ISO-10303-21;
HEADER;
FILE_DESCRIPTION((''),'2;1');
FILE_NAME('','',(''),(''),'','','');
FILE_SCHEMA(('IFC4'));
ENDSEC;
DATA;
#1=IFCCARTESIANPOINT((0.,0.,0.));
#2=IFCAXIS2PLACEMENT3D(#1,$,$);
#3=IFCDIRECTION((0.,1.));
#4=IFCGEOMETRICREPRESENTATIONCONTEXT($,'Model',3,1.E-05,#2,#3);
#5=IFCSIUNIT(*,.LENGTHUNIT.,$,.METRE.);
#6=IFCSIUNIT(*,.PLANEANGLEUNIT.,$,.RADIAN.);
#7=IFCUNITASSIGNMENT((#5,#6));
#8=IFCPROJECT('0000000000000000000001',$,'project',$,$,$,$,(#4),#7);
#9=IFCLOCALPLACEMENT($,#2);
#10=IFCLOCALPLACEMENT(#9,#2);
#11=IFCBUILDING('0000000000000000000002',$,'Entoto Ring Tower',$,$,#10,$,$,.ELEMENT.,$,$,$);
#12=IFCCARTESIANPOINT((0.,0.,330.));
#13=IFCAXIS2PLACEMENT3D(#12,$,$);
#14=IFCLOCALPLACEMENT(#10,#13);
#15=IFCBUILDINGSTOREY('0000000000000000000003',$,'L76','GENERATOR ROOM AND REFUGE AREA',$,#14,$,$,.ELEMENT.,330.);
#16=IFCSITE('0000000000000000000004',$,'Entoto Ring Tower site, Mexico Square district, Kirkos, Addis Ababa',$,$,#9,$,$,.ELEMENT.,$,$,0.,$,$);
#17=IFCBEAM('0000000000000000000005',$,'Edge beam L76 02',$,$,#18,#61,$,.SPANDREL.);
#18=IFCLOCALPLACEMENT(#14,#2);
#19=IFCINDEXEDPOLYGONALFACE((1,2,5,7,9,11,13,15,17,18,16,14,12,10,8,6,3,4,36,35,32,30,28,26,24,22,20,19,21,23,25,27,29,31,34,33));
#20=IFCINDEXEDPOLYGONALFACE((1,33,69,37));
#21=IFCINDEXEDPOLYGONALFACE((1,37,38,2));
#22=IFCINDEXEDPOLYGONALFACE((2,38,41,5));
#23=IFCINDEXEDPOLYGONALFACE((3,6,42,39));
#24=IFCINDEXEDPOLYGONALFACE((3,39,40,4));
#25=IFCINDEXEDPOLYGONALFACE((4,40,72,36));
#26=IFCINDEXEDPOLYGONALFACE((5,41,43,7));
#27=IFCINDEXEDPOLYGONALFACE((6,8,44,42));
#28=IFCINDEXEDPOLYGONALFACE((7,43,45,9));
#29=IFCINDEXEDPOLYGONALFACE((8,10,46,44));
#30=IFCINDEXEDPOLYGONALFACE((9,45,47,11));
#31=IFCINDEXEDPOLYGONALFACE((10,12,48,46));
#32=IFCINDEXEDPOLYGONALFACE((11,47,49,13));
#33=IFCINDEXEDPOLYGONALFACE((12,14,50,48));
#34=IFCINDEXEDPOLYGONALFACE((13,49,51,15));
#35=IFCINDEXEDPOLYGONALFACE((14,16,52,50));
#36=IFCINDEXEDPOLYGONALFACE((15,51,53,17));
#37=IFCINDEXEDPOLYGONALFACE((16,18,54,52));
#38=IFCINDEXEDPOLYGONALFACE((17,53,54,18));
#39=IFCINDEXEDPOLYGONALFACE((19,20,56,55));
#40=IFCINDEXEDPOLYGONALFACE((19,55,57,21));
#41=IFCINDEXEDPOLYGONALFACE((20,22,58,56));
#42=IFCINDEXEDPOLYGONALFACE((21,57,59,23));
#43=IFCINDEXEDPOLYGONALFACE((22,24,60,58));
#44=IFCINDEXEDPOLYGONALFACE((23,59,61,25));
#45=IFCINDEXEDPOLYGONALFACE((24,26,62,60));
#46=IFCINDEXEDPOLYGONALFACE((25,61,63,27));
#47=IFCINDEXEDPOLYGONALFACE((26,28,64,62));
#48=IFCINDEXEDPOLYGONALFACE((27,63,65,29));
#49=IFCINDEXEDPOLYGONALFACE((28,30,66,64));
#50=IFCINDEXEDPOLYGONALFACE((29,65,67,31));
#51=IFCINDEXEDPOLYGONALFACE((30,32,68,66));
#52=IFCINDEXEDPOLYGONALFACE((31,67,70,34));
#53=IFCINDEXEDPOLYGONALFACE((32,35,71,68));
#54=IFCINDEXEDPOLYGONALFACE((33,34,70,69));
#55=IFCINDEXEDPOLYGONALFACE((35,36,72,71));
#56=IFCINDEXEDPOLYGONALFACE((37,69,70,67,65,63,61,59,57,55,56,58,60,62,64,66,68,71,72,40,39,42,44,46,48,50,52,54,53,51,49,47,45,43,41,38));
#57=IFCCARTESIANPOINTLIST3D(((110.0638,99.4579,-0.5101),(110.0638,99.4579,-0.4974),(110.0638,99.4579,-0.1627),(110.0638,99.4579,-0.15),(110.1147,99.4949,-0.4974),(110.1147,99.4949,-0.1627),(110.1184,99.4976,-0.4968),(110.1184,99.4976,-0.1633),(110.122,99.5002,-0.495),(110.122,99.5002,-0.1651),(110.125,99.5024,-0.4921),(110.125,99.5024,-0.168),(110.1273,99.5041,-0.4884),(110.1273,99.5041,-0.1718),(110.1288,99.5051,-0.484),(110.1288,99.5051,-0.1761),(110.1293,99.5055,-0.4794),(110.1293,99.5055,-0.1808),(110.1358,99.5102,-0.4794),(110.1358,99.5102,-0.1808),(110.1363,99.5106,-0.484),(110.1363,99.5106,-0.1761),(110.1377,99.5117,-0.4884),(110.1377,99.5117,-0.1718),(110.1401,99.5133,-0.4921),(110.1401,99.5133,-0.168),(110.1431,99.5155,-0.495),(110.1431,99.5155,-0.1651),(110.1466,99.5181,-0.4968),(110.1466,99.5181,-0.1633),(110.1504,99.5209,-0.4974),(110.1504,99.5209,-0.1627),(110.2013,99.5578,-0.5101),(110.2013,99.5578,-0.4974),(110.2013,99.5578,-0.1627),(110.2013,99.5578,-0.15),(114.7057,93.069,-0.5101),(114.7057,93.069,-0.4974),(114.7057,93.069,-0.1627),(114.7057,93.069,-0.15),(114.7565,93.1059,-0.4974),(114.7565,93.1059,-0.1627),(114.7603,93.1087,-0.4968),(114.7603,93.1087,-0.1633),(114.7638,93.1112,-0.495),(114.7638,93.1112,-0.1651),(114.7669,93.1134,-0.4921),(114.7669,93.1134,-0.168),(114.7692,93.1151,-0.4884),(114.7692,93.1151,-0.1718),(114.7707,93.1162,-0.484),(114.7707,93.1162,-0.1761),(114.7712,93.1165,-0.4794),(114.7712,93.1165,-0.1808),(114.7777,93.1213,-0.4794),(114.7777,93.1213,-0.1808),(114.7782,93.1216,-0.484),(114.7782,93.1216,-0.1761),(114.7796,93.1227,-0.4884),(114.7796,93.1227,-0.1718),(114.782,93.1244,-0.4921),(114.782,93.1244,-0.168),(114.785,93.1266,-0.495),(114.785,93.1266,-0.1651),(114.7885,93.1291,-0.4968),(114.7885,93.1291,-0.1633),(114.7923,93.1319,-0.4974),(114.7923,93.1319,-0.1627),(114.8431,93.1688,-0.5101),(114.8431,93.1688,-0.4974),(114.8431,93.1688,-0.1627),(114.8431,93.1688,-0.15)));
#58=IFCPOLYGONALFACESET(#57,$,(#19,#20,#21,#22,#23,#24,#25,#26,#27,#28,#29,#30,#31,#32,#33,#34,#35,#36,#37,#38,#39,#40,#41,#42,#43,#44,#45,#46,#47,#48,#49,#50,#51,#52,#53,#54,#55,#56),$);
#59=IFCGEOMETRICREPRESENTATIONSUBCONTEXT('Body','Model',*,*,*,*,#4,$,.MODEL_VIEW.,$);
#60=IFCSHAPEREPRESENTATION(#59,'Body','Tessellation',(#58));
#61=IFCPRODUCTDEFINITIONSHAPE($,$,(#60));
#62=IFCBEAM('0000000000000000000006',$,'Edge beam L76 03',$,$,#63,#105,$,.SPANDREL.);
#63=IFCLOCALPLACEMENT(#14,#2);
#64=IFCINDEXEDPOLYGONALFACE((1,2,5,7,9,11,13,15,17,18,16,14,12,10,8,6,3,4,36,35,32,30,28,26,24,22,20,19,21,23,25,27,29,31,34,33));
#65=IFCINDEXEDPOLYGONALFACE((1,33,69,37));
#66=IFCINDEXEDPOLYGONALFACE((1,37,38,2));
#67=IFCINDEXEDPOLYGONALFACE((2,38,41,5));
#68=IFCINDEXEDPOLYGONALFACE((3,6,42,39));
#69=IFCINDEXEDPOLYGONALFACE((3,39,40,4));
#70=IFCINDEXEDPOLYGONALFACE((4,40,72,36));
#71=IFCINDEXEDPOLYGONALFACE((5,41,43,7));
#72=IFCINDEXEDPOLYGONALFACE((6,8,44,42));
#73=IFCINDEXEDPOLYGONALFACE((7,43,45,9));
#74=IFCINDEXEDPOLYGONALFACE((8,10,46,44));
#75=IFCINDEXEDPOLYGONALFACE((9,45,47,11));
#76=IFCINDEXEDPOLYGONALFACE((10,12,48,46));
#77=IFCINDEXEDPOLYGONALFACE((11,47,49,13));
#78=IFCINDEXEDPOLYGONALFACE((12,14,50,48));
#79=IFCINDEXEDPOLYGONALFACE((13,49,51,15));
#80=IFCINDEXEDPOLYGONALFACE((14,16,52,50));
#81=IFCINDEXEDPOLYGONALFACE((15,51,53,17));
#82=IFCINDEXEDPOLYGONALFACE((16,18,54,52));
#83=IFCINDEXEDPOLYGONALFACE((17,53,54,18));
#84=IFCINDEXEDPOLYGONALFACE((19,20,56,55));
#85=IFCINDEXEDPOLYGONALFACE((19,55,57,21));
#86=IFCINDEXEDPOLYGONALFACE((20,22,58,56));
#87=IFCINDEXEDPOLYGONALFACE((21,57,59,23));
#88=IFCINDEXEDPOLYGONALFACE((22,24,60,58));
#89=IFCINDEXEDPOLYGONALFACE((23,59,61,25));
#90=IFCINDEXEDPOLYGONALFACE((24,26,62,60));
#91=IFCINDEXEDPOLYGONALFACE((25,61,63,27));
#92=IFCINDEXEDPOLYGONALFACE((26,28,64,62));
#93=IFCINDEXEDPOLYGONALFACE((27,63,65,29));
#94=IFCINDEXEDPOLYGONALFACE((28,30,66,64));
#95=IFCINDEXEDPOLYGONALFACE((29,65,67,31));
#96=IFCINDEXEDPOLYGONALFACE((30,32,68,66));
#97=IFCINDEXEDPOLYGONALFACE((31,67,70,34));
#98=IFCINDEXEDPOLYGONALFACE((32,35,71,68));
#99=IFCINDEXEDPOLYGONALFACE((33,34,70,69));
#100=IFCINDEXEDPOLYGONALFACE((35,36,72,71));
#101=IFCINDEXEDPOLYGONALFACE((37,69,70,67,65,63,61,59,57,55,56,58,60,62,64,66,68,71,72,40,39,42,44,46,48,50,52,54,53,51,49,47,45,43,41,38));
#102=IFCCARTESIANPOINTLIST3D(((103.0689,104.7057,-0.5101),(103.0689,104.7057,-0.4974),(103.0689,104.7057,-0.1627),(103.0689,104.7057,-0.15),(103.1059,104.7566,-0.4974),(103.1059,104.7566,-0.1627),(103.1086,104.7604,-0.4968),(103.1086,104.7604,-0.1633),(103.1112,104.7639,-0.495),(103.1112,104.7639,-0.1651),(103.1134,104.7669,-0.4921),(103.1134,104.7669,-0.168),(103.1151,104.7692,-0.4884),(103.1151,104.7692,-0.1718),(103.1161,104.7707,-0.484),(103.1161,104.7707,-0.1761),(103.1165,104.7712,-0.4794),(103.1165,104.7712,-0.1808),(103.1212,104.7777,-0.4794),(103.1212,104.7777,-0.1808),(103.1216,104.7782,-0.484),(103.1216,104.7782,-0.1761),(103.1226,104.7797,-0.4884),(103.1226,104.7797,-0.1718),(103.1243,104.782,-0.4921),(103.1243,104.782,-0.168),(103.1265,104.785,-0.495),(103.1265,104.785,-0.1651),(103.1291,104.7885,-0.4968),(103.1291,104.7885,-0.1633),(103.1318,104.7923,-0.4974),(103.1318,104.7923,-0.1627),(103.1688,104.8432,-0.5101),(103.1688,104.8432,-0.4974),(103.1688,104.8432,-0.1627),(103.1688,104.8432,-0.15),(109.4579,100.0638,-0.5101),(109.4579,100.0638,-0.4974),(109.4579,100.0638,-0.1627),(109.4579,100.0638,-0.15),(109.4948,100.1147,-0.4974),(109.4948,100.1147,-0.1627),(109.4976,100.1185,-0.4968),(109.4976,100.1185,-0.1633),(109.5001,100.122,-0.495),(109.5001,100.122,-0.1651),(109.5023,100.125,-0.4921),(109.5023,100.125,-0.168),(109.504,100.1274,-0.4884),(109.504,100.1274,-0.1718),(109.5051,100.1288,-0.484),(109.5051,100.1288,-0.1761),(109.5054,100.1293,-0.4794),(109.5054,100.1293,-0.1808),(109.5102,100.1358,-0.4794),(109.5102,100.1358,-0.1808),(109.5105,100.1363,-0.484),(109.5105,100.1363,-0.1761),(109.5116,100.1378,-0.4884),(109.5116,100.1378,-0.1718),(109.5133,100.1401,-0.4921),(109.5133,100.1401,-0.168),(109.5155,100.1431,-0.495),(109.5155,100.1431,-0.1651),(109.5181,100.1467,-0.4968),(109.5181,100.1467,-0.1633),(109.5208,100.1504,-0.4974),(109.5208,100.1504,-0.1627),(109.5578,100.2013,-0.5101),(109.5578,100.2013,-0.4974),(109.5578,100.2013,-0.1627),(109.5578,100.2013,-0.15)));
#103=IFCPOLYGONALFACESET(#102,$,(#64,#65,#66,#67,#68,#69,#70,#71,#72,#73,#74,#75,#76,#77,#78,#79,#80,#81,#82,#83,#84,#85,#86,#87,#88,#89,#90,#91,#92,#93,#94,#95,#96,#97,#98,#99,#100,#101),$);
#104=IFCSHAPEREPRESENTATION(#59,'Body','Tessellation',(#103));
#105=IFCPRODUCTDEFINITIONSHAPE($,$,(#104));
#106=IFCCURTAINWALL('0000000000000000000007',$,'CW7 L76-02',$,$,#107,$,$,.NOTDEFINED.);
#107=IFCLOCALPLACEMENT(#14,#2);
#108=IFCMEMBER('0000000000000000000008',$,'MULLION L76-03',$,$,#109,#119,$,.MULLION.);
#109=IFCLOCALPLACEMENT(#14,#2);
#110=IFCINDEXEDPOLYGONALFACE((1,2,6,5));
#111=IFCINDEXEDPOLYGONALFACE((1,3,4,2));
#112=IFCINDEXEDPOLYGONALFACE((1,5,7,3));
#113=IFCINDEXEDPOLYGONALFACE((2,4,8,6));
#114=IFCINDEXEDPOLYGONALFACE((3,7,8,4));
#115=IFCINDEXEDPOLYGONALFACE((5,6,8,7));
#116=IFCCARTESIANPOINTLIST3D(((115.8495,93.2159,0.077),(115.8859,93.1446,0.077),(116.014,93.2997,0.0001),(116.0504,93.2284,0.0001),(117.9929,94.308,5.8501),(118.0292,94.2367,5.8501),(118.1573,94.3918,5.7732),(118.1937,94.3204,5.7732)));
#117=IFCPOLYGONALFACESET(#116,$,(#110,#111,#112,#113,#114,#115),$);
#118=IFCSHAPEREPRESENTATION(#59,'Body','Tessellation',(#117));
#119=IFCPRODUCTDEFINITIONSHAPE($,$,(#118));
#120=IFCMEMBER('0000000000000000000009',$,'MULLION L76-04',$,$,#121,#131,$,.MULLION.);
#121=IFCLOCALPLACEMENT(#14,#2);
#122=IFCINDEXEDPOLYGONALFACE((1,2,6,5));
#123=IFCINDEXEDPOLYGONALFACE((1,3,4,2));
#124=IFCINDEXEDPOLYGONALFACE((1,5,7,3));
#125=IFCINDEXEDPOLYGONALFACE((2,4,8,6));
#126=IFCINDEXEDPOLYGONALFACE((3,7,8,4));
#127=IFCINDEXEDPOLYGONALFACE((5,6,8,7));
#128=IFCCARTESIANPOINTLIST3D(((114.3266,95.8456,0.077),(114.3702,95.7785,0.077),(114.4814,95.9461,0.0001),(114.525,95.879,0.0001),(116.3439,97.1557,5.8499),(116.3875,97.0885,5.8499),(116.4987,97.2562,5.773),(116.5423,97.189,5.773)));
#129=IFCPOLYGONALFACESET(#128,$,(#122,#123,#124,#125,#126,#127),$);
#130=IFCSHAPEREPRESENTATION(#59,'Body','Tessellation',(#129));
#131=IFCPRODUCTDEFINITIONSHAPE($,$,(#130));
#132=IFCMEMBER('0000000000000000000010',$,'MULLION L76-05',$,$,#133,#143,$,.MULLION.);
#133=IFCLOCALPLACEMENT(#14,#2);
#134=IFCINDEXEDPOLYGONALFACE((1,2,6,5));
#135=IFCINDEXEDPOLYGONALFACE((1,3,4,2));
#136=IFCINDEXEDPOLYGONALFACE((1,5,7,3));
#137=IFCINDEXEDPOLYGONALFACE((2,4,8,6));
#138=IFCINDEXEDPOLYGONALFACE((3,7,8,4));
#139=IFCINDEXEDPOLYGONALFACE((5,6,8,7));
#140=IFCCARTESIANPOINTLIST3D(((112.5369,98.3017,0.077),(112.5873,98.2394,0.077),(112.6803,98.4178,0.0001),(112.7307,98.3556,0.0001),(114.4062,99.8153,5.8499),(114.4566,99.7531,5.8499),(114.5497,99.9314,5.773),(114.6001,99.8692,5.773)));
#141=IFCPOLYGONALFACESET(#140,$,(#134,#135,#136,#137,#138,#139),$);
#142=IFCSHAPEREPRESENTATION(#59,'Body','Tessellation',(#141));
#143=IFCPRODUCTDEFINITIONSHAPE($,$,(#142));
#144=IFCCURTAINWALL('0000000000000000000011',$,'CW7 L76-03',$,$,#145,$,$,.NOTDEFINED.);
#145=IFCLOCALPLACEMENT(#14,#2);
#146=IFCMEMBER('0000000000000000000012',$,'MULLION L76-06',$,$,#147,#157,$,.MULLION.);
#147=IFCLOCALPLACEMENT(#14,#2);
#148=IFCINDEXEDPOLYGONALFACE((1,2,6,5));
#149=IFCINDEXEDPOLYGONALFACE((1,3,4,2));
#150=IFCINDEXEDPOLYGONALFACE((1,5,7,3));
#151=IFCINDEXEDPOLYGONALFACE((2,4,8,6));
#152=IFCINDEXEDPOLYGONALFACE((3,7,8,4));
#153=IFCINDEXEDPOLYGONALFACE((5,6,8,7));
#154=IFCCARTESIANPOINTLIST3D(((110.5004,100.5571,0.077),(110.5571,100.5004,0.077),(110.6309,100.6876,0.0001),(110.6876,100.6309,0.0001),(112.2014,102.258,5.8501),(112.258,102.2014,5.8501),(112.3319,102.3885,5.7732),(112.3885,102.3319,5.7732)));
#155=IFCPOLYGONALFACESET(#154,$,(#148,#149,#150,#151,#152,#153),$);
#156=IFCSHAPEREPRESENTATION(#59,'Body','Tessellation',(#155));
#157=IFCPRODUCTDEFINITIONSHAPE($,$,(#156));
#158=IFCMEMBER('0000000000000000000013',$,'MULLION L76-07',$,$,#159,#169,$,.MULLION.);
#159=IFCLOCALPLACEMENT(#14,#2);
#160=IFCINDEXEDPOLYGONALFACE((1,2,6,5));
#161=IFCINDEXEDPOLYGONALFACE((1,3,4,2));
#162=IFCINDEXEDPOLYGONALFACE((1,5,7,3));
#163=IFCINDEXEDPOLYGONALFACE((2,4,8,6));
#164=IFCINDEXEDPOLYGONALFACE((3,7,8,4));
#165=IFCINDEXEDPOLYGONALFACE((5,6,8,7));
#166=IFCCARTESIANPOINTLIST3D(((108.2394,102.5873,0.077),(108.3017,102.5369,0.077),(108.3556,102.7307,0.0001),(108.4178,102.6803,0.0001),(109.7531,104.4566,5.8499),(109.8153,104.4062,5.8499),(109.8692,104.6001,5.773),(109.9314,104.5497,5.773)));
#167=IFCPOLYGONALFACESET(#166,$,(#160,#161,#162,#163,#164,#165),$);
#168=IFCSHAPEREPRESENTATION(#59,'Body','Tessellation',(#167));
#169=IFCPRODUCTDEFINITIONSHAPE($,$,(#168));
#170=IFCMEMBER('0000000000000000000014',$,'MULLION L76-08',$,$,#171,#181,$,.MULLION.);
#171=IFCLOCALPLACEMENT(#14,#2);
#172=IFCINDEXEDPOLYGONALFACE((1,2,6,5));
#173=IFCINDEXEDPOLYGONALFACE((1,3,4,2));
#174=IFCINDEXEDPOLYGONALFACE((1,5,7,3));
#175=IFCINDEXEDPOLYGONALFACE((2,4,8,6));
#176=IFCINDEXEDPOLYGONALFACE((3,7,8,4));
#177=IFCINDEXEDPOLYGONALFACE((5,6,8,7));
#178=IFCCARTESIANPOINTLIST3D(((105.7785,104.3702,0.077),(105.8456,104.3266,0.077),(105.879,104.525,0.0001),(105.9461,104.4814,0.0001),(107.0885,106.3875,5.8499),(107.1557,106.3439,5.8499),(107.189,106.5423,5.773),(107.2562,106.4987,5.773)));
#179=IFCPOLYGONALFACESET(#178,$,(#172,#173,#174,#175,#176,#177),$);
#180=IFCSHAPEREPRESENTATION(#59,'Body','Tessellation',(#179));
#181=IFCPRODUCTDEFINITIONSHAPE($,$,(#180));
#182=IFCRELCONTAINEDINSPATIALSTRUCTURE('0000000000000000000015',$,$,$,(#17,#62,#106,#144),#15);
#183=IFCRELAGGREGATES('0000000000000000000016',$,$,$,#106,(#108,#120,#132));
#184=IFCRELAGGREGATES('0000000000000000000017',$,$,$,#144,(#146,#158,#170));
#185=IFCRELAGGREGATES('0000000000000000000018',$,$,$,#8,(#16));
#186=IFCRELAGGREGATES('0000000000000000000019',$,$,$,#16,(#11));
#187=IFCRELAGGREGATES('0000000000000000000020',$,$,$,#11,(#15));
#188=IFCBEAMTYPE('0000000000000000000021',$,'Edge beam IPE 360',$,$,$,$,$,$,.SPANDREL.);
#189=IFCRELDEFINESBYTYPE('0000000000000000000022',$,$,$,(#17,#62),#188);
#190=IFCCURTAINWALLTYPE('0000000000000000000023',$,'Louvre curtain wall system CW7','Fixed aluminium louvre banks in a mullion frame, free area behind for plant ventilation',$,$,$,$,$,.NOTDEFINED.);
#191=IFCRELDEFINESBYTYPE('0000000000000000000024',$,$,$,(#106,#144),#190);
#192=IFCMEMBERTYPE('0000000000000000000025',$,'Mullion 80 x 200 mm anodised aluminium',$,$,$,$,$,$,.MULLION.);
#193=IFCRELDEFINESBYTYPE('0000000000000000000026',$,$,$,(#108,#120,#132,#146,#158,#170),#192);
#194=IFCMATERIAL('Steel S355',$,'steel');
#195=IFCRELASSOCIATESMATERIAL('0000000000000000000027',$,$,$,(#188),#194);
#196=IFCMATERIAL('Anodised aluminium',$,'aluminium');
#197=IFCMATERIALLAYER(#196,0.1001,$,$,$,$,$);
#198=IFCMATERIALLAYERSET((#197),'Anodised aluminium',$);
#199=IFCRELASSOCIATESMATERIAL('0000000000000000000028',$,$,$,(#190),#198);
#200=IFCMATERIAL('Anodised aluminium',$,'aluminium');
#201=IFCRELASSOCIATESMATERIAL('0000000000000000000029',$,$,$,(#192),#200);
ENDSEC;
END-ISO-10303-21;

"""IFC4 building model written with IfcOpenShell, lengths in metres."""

from ifc_helpers import new_model, si_unit, direction, frame, origin, origin_2d, place, context, subcontext, project, spatial, rectangle, i_section, extrude, material, layer, layer_set, material_profile, profile_set, type_object, element, aggregate, save


model = new_model("IFC4")

# Units and contexts
model_context = context("Model", 3, precision=1e-05, world=origin(), true_north=direction((0.0, 1.0)))
body_context = subcontext(model_context, "Body", "Model", "MODEL_VIEW")
ifc_project = project(units=[si_unit("LENGTHUNIT", "METRE"), si_unit("PLANEANGLEUNIT", "RADIAN")], contexts=[model_context])

# Site, building, storey
site_placement = place(None, origin())
site = spatial("IfcSite", under=ifc_project, at=site_placement, Name="Entoto Ring Tower site, Mexico Square district, Kirkos, Addis Ababa", CompositionType="ELEMENT", RefElevation=0.0)
building_placement = place(site_placement, origin())
building = spatial("IfcBuilding", under=site, at=building_placement, Name="Entoto Ring Tower", CompositionType="ELEMENT")
storey_placement = place(building_placement, frame((0.0, 0.0, 330.0)))
storey = spatial("IfcBuildingStorey", under=building, at=storey_placement, Name="L76", Description="GENERATOR ROOM AND REFUGE AREA", CompositionType="ELEMENT", Elevation=330.0)

# Beams
ifc_material_1 = material(Name="Steel S355", Category="steel")
ifc_material_profile_1 = material_profile(ifc_material_1, i_section(OverallWidth=0.1699, OverallDepth=0.3601, WebThickness=0.0081, FlangeThickness=0.0127, FilletRadius=0.0181, at=origin_2d()), Name="IPE 360")
ifc_profile_set_1 = profile_set([ifc_material_profile_1], Name="Steel S355")
beam_type = type_object("IfcBeamType", Name="Edge beam IPE 360", PredefinedType="SPANDREL", material=ifc_profile_set_1)
for number, where, z_axis, x_axis, name in (
    (1, (114.7744, 93.1189, -0.3301), (-0.587787, 0.809015, 0.0), (-0.809015, -0.587787, 0.0), "Edge beam L76 02"),
    (2, (109.5078, 100.1326, -0.3301), (-0.809015, 0.587787, 0.0), (-0.587787, -0.809015, 0.0), "Edge beam L76 03"),
):
    element("IfcBeam", number, at=place(storey_placement, frame(where, z_axis=z_axis, x_axis=x_axis)), inside=storey, type_object=beam_type, Name=name, PredefinedType="SPANDREL", context=body_context, shape_type="SweptSolid", body=[
        extrude(i_section(OverallWidth=0.1699, OverallDepth=0.3601, WebThickness=0.0081, FlangeThickness=0.0127, FilletRadius=0.0181, at=origin_2d()), origin(), (0.0, 0.0, 1.0), 7.8972),
    ])

# Curtain walls, members
ifc_material_2 = material(Name="Anodised aluminium", Category="aluminium")
ifc_layer_1 = layer(ifc_material_2, 0.1001)
ifc_layer_set_1 = layer_set([ifc_layer_1], Name="Anodised aluminium")
curtain_wall_type = type_object("IfcCurtainWallType", Name="Louvre curtain wall system CW7", Description="Fixed aluminium louvre banks in a mullion frame, free area behind for plant ventilation", PredefinedType="NOTDEFINED", material=ifc_layer_set_1)
curtain_wall_1_placement = place(storey_placement, origin())
curtain_wall_1 = element("IfcCurtainWall", 3, at=curtain_wall_1_placement, inside=storey, type_object=curtain_wall_type, Name="CW7 L76-02", PredefinedType="NOTDEFINED")
ifc_material_3 = material(Name="Anodised aluminium", Category="aluminium")
ifc_material_profile_2 = material_profile(ifc_material_3, rectangle(XDim=0.0801, YDim=0.2, at=origin_2d()), Name="Mullion 80 x 200 mm anodised aluminium")
ifc_profile_set_2 = profile_set([ifc_material_profile_2], Name="Anodised aluminium")
member_type_1 = type_object("IfcMemberType", Name="Mullion 80 x 200 mm anodised aluminium", PredefinedType="MULLION", material=ifc_profile_set_2)
member_1_placement = place(storey_placement, frame((115.95, 93.2222, 0.0386), z_axis=(0.342707, 0.174613, 0.923072), x_axis=(-0.453981, 0.891012, 0.0)))
member_1 = element("IfcMember", 4, at=member_1_placement, type_object=member_type_1, Name="MULLION L76-03", PredefinedType="MULLION", context=body_context, shape_type="SweptSolid", body=[
    extrude(rectangle(XDim=0.0801, YDim=0.2, at=origin_2d()), origin(), (0.0, 0.0, 1.0), 6.2542),
])
member_2_placement = place(storey_placement, frame((114.4258, 95.8623, 0.0386), z_axis=(0.322566, 0.209474, 0.923077), x_axis=(-0.544635, 0.838673, 0.0)))
member_2 = element("IfcMember", 5, at=member_2_placement, type_object=member_type_1, Name="MULLION L76-04", PredefinedType="MULLION", context=body_context, shape_type="SweptSolid", body=[
    extrude(rectangle(XDim=0.0801, YDim=0.2, at=origin_2d()), origin(), (0.0, 0.0, 1.0), 6.2539),
])
member_3_placement = place(storey_placement, frame((112.6338, 98.3286, 0.0386), z_axis=(0.298909, 0.242032, 0.923078), x_axis=(-0.629289, 0.777172, 0.0)))
member_3 = element("IfcMember", 6, at=member_3_placement, type_object=member_type_1, Name="MULLION L76-05", PredefinedType="MULLION", context=body_context, shape_type="SweptSolid", body=[
    extrude(rectangle(XDim=0.0801, YDim=0.2, at=origin_2d()), origin(), (0.0, 0.0, 1.0), 6.2539),
])
aggregate(curtain_wall_1, [member_1, member_2, member_3])
curtain_wall_2_placement = place(storey_placement, origin())
curtain_wall_2 = element("IfcCurtainWall", 7, at=curtain_wall_2_placement, inside=storey, type_object=curtain_wall_type, Name="CW7 L76-03", PredefinedType="NOTDEFINED")
member_4_placement = place(storey_placement, frame((110.594, 100.594, 0.0386), z_axis=(0.271972, 0.271972, 0.923072), x_axis=(-0.707107, 0.707107, 0.0)))
member_4 = element("IfcMember", 8, at=member_4_placement, type_object=member_type_1, Name="MULLION L76-06", PredefinedType="MULLION", context=body_context, shape_type="SweptSolid", body=[
    extrude(rectangle(XDim=0.0801, YDim=0.2, at=origin_2d()), origin(), (0.0, 0.0, 1.0), 6.2542),
])
member_5_placement = place(storey_placement, frame((108.3286, 102.6338, 0.0386), z_axis=(0.242032, 0.298909, 0.923078), x_axis=(-0.777172, 0.629289, 0.0)))
member_5 = element("IfcMember", 9, at=member_5_placement, type_object=member_type_1, Name="MULLION L76-07", PredefinedType="MULLION", context=body_context, shape_type="SweptSolid", body=[
    extrude(rectangle(XDim=0.0801, YDim=0.2, at=origin_2d()), origin(), (0.0, 0.0, 1.0), 6.2539),
])
member_6_placement = place(storey_placement, frame((105.8623, 104.4258, 0.0386), z_axis=(0.209474, 0.322566, 0.923077), x_axis=(-0.838673, 0.544635, 0.0)))
member_6 = element("IfcMember", 10, at=member_6_placement, type_object=member_type_1, Name="MULLION L76-08", PredefinedType="MULLION", context=body_context, shape_type="SweptSolid", body=[
    extrude(rectangle(XDim=0.0801, YDim=0.2, at=origin_2d()), origin(), (0.0, 0.0, 1.0), 6.2539),
])
aggregate(curtain_wall_2, [member_4, member_5, member_6])

save(model, "model.ifc")
